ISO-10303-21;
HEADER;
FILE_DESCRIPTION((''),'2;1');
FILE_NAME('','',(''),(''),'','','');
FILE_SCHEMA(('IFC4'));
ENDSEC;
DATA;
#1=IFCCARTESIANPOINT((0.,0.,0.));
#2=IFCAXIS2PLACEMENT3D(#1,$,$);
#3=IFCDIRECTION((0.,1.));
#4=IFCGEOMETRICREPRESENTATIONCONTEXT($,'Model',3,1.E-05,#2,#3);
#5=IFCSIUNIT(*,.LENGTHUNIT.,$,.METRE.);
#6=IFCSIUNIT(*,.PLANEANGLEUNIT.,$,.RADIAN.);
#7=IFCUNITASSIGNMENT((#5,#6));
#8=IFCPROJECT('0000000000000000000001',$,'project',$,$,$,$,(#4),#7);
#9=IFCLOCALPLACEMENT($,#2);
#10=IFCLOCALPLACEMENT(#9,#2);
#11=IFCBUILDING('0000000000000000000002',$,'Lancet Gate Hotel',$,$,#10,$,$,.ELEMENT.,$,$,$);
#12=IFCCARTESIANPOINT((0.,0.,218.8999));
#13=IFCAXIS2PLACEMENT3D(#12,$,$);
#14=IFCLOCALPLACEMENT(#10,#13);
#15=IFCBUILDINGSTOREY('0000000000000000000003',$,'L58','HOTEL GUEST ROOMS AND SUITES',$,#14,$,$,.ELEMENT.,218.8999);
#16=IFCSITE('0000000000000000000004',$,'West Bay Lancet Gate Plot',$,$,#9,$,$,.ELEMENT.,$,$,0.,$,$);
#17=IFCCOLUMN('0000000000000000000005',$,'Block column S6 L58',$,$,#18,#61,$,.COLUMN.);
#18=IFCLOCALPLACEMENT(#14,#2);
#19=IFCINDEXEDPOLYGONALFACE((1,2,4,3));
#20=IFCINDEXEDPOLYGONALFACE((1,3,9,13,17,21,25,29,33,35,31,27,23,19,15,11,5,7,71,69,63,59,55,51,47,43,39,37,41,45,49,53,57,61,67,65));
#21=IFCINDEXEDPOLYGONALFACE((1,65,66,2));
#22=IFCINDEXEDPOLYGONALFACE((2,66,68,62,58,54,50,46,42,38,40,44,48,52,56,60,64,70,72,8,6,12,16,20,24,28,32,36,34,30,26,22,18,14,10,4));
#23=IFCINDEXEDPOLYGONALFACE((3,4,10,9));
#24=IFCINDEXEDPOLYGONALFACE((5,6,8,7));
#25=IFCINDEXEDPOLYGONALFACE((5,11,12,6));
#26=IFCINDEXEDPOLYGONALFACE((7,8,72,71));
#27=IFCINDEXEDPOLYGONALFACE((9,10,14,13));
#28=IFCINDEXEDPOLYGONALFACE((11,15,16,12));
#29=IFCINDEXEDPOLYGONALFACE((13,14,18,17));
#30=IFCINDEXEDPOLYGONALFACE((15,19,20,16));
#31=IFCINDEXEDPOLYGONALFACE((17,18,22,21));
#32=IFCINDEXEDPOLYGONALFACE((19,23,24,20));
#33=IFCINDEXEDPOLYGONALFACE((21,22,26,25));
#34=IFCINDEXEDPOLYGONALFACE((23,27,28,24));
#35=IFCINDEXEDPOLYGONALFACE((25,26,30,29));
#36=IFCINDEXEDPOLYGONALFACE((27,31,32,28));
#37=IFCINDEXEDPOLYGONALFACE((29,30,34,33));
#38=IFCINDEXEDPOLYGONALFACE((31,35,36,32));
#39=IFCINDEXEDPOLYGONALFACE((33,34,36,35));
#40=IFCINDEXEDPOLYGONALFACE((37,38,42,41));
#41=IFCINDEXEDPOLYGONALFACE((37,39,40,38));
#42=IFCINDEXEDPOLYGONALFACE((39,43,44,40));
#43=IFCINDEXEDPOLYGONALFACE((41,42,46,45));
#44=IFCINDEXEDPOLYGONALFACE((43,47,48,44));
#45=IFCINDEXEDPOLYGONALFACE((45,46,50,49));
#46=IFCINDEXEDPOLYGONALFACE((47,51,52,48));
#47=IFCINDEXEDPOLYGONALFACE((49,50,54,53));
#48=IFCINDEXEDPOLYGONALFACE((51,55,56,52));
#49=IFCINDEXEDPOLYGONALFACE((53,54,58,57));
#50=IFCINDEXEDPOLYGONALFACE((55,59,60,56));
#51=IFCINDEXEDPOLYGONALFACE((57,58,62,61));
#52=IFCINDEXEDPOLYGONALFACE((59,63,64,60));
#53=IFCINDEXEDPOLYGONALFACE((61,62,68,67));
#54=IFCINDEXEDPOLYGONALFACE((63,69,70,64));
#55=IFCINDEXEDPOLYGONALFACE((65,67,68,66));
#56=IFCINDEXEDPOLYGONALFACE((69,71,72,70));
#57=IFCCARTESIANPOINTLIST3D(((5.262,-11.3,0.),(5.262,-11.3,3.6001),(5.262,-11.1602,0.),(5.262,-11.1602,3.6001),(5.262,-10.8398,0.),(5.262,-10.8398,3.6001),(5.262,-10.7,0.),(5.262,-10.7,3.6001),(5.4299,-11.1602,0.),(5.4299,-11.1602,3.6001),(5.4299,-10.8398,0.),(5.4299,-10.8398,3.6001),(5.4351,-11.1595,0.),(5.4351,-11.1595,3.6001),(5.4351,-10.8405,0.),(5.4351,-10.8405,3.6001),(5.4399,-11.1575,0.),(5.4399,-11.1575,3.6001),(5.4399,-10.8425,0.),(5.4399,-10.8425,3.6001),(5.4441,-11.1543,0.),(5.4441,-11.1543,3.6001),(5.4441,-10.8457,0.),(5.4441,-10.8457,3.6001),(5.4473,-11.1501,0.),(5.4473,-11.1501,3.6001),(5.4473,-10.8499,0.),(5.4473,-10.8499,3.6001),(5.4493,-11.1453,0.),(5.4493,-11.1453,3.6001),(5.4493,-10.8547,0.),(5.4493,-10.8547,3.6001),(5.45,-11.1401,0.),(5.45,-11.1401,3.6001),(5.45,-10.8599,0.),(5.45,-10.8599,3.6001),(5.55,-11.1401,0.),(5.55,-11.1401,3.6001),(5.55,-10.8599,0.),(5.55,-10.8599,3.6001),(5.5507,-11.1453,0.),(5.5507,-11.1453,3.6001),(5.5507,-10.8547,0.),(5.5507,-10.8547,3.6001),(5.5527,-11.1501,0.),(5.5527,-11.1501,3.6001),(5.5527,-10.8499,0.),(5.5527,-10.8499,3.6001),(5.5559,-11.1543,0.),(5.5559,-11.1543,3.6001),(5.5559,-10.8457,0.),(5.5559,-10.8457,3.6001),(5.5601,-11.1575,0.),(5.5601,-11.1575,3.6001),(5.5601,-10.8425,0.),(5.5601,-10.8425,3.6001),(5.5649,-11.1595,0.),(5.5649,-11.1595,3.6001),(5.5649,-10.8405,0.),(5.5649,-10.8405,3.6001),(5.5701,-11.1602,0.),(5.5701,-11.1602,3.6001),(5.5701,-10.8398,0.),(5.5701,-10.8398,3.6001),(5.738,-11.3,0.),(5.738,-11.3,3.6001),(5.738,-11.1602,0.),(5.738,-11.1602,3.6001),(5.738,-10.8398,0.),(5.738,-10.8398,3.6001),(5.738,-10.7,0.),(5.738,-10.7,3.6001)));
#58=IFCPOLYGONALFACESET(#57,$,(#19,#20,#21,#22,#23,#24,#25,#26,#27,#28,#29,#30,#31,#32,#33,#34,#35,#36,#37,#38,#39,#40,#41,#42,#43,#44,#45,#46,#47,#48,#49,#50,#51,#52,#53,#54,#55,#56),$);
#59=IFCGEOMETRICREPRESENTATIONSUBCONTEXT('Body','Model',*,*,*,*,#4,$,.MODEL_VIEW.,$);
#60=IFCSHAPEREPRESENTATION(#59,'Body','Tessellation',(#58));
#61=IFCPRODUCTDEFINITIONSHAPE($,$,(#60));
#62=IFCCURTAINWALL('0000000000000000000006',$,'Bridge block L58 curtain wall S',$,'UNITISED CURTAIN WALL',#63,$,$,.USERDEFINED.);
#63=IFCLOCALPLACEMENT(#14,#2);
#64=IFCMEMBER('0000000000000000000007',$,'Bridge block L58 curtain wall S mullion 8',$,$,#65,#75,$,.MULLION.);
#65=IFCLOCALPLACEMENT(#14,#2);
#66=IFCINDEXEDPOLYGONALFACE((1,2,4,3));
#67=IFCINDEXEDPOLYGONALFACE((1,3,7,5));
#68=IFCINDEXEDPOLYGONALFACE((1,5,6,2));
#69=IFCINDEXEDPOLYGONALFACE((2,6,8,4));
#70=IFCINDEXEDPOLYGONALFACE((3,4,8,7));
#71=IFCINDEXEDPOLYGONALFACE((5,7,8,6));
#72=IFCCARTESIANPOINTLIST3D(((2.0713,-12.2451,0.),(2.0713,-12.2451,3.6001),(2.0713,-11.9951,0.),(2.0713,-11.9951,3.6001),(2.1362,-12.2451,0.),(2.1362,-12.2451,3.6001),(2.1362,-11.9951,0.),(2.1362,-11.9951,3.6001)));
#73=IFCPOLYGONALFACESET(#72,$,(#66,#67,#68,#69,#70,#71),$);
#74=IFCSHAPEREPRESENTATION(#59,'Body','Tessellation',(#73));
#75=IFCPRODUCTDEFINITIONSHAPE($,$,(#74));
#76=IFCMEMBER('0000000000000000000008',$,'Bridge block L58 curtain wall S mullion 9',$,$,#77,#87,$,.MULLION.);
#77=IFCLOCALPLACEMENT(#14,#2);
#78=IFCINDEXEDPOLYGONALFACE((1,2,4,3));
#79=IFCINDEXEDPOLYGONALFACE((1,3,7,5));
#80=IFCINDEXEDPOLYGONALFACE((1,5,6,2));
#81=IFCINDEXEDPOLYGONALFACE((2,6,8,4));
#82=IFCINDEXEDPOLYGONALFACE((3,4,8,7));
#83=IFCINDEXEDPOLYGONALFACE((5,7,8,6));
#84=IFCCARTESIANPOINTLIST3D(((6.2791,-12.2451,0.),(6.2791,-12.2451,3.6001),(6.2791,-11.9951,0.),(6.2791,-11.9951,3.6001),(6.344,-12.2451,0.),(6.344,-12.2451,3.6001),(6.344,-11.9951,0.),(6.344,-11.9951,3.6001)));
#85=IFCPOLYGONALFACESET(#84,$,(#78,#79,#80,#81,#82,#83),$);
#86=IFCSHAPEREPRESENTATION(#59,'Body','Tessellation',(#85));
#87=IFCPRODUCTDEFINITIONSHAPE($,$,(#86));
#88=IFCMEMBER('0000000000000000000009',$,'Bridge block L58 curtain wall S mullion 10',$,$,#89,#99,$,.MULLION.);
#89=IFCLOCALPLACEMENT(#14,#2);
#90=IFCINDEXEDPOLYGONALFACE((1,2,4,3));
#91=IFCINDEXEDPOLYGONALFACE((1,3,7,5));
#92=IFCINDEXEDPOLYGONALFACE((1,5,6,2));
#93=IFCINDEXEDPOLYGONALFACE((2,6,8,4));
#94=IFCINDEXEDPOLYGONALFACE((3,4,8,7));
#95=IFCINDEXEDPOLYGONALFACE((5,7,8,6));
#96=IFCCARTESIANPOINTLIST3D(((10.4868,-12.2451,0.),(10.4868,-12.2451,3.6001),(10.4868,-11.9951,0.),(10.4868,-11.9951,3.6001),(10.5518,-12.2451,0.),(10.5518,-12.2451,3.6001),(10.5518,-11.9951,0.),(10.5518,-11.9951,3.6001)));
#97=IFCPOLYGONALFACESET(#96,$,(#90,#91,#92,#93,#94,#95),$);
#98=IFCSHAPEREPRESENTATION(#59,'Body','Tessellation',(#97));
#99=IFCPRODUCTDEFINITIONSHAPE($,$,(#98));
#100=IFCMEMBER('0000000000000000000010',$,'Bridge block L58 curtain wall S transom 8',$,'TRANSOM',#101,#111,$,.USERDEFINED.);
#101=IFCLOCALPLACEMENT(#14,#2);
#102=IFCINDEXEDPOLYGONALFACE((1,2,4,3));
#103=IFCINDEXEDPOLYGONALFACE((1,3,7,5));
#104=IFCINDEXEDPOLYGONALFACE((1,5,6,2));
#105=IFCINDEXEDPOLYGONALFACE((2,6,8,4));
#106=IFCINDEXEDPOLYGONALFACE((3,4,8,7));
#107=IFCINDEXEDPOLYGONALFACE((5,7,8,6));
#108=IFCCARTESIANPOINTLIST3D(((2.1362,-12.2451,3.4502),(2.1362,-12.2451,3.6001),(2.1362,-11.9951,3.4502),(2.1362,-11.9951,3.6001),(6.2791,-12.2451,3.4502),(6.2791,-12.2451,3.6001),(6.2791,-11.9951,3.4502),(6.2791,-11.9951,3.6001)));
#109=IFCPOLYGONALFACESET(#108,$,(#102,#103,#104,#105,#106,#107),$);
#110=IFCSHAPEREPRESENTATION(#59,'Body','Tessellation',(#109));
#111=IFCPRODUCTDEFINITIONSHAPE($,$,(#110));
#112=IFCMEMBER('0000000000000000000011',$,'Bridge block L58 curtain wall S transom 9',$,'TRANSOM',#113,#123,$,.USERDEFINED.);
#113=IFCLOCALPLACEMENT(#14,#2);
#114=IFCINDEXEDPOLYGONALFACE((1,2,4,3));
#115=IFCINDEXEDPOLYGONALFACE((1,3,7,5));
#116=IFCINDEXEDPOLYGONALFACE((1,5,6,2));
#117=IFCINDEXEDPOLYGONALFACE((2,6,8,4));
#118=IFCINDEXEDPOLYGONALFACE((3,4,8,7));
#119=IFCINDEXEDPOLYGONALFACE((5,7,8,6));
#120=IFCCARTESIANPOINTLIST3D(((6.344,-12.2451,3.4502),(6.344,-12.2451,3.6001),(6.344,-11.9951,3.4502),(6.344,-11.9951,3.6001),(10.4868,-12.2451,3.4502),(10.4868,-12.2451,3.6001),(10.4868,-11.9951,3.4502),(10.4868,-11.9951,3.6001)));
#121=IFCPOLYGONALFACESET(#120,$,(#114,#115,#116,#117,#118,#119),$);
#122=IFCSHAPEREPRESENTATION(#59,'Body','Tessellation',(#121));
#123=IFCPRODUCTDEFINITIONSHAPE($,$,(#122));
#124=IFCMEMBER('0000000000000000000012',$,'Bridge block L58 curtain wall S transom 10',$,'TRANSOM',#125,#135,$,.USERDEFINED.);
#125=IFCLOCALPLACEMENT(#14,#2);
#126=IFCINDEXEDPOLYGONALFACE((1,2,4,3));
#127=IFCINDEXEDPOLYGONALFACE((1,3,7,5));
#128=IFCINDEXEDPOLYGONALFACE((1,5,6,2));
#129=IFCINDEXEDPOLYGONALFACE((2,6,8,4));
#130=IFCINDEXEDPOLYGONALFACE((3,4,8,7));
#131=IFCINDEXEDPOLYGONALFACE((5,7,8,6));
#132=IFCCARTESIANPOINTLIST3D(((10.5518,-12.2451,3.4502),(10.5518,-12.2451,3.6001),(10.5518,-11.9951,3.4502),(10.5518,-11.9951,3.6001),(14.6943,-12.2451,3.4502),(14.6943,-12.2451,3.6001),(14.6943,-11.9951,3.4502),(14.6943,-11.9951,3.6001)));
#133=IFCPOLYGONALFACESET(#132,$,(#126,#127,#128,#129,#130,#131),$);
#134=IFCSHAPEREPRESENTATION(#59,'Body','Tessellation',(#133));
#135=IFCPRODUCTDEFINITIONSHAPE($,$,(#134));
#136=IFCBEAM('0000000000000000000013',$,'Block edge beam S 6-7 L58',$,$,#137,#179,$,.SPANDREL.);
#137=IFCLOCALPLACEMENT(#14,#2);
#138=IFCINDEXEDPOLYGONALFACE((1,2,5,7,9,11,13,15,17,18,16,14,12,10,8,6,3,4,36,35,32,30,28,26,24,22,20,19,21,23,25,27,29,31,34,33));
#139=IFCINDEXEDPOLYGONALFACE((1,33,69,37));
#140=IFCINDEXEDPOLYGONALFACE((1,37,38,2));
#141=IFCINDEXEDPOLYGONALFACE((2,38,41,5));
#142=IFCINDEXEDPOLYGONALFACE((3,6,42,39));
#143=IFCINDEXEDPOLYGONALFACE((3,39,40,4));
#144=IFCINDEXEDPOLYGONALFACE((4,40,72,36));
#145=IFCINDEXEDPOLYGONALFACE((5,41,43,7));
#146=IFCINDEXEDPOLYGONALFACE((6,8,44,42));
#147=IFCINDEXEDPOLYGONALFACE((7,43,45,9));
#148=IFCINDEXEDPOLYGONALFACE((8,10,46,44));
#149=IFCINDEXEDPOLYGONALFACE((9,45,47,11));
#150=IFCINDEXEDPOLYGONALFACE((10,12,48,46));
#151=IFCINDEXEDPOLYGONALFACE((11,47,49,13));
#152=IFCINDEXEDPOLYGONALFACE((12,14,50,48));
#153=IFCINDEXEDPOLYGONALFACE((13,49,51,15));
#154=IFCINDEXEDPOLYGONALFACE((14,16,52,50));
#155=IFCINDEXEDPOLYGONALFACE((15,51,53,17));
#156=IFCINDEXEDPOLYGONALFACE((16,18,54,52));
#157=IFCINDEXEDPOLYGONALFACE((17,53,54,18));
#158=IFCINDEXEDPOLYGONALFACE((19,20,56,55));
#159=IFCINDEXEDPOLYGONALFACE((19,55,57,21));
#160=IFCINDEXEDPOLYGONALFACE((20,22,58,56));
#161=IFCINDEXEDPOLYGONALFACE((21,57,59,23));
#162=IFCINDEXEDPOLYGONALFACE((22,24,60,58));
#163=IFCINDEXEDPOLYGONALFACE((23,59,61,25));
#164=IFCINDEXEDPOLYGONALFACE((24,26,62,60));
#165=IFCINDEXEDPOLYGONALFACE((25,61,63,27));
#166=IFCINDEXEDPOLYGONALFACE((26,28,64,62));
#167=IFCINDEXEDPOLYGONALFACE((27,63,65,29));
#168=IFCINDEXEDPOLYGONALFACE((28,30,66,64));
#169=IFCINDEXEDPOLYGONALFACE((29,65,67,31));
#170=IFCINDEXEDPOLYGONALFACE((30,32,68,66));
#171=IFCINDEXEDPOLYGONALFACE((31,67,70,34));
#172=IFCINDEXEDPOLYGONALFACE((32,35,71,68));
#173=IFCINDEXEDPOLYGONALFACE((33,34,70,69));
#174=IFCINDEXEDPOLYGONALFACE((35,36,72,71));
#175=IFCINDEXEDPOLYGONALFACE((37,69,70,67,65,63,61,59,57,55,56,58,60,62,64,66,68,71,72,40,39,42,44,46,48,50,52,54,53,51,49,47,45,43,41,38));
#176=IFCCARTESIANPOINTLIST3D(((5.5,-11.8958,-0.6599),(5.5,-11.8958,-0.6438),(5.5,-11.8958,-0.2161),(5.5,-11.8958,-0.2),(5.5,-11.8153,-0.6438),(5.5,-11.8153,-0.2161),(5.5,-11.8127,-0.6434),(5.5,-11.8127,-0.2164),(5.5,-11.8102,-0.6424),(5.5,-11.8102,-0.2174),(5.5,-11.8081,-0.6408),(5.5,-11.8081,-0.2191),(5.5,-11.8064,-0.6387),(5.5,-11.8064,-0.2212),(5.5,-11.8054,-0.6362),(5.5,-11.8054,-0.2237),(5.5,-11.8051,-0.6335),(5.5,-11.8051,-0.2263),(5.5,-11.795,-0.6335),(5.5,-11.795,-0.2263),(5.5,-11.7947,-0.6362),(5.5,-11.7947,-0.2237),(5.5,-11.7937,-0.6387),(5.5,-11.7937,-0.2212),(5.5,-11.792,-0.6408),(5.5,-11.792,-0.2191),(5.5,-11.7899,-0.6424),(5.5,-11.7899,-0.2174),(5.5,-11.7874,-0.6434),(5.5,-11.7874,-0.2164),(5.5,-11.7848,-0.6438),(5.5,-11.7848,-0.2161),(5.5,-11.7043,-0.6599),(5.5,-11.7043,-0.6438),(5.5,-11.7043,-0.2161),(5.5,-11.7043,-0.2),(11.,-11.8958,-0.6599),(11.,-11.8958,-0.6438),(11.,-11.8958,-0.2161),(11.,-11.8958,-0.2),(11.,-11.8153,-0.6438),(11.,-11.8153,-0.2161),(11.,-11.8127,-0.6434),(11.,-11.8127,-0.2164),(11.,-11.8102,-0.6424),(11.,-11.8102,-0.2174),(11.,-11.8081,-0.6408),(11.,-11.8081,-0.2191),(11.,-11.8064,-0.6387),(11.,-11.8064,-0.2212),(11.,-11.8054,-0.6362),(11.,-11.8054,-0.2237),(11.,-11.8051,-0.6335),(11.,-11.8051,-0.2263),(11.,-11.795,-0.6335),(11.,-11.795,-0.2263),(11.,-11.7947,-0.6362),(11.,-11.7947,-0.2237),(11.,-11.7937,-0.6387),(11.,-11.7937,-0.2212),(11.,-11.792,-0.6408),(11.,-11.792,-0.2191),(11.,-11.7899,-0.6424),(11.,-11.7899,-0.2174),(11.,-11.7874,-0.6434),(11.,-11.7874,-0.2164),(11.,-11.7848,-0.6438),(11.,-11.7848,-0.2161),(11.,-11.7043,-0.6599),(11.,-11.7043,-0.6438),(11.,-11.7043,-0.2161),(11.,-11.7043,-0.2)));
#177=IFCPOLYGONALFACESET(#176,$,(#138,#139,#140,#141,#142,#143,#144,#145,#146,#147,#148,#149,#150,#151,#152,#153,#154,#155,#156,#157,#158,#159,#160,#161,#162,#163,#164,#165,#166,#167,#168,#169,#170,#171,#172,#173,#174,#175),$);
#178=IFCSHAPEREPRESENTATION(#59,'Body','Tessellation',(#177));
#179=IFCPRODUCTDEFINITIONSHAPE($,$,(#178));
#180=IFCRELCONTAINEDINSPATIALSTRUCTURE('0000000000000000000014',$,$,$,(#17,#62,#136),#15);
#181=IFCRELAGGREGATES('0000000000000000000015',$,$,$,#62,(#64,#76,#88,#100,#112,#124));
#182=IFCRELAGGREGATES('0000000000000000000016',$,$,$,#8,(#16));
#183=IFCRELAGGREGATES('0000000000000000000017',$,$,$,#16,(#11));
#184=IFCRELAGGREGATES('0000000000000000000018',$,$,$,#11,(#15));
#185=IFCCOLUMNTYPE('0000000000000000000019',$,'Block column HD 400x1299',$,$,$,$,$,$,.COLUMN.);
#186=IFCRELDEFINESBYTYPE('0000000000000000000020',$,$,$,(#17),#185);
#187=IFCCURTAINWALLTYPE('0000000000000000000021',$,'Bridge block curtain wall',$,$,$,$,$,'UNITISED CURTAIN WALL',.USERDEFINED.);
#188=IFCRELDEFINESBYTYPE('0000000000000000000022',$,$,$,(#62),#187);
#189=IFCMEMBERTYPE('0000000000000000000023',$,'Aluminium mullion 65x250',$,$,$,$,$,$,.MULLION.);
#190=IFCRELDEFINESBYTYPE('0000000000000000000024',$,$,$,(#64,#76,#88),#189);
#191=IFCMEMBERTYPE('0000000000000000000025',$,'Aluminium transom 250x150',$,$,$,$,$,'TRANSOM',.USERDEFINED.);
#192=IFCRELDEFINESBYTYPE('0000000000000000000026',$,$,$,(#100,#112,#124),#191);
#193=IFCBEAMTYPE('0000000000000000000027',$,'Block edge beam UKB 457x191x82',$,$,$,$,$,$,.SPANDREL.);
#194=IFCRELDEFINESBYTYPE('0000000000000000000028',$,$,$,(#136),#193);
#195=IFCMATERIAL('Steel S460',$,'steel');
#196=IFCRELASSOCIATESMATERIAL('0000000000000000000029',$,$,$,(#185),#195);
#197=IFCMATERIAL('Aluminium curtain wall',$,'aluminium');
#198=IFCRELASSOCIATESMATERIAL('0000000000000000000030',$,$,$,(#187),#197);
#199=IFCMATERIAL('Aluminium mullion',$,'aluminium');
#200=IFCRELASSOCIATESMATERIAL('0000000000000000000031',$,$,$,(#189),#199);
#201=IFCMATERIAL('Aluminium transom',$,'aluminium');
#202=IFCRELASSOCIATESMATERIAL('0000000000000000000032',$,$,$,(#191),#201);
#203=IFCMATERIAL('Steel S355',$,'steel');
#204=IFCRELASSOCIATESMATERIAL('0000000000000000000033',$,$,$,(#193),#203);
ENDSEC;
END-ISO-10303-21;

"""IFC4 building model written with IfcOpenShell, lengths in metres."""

from ifc_helpers import new_model, si_unit, direction, frame, origin, origin_2d, place, context, subcontext, project, spatial, rectangle, i_section, extrude, material, material_profile, profile_set, type_object, element, aggregate, save


model = new_model("IFC4")

# Units and contexts
model_context = context("Model", 3, precision=1e-05, world=origin(), true_north=direction((0.0, 1.0)))
body_context = subcontext(model_context, "Body", "Model", "MODEL_VIEW")
ifc_project = project(units=[si_unit("LENGTHUNIT", "METRE"), si_unit("PLANEANGLEUNIT", "RADIAN")], contexts=[model_context])

# Site, building, storey
site_placement = place(None, origin())
site = spatial("IfcSite", under=ifc_project, at=site_placement, Name="West Bay Lancet Gate Plot", CompositionType="ELEMENT", RefElevation=0.0)
building_placement = place(site_placement, origin())
building = spatial("IfcBuilding", under=site, at=building_placement, Name="Lancet Gate Hotel", CompositionType="ELEMENT")
storey_placement = place(building_placement, frame((0.0, 0.0, 218.8999)))
storey = spatial("IfcBuildingStorey", under=building, at=storey_placement, Name="L58", Description="HOTEL GUEST ROOMS AND SUITES", CompositionType="ELEMENT", Elevation=218.8999)

# Column
ifc_material_1 = material(Name="Steel S460", Category="steel")
ifc_material_profile_1 = material_profile(ifc_material_1, i_section(OverallWidth=0.4761, OverallDepth=0.6001, WebThickness=0.1001, FlangeThickness=0.1399, FilletRadius=0.02, at=origin_2d()), Name="HD 400x1299")
ifc_profile_set_1 = profile_set([ifc_material_profile_1], Name="Steel S460")
column_type = type_object("IfcColumnType", Name="Block column HD 400x1299", PredefinedType="COLUMN", material=ifc_profile_set_1)
column_placement = place(storey_placement, frame((5.5, -11.0, 0.0), z_axis=(0.0, 0.0, 1.0), x_axis=(1.0, 0.0, 0.0)))
element("IfcColumn", 1, at=column_placement, inside=storey, type_object=column_type, Name="Block column S6 L58", PredefinedType="COLUMN", context=body_context, shape_type="SweptSolid", body=[
    extrude(i_section(OverallWidth=0.4761, OverallDepth=0.6001, WebThickness=0.1001, FlangeThickness=0.1399, FilletRadius=0.02, at=origin_2d()), origin(), (0.0, 0.0, 1.0), 3.6001),
])

# Curtain wall, members
ifc_material_2 = material(Name="Aluminium curtain wall", Category="aluminium")
curtain_wall_type = type_object("IfcCurtainWallType", Name="Bridge block curtain wall", ElementType="UNITISED CURTAIN WALL", PredefinedType="USERDEFINED", material=ifc_material_2)
curtain_wall_placement = place(storey_placement, origin())
curtain_wall = element("IfcCurtainWall", 2, at=curtain_wall_placement, inside=storey, type_object=curtain_wall_type, Name="Bridge block L58 curtain wall S", ObjectType="UNITISED CURTAIN WALL", PredefinedType="USERDEFINED")
ifc_material_3 = material(Name="Aluminium mullion", Category="aluminium")
ifc_material_profile_2 = material_profile(ifc_material_3, rectangle(XDim=0.0649, YDim=0.25, at=origin_2d()), Name="MULLION 65x250")
ifc_profile_set_2 = profile_set([ifc_material_profile_2], Name="Aluminium mullion")
member_type_1 = type_object("IfcMemberType", Name="Aluminium mullion 65x250", PredefinedType="MULLION", material=ifc_profile_set_2)
member_1_placement = place(storey_placement, frame((2.1038, -12.1201, 0.0), z_axis=(0.0, 0.0, 1.0), x_axis=(1.0, 0.0, 0.0)))
member_1 = element("IfcMember", 3, at=member_1_placement, type_object=member_type_1, Name="Bridge block L58 curtain wall S mullion 8", PredefinedType="MULLION", context=body_context, shape_type="SweptSolid", body=[
    extrude(rectangle(XDim=0.0649, YDim=0.25, at=origin_2d()), origin(), (0.0, 0.0, 1.0), 3.6001),
])
member_2_placement = place(storey_placement, frame((6.3115, -12.1201, 0.0), z_axis=(0.0, 0.0, 1.0), x_axis=(1.0, 0.0, 0.0)))
member_2 = element("IfcMember", 4, at=member_2_placement, type_object=member_type_1, Name="Bridge block L58 curtain wall S mullion 9", PredefinedType="MULLION", context=body_context, shape_type="SweptSolid", body=[
    extrude(rectangle(XDim=0.0649, YDim=0.25, at=origin_2d()), origin(), (0.0, 0.0, 1.0), 3.6001),
])
member_3_placement = place(storey_placement, frame((10.5193, -12.1201, 0.0), z_axis=(0.0, 0.0, 1.0), x_axis=(1.0, 0.0, 0.0)))
member_3 = element("IfcMember", 5, at=member_3_placement, type_object=member_type_1, Name="Bridge block L58 curtain wall S mullion 10", PredefinedType="MULLION", context=body_context, shape_type="SweptSolid", body=[
    extrude(rectangle(XDim=0.0649, YDim=0.25, at=origin_2d()), origin(), (0.0, 0.0, 1.0), 3.6001),
])
ifc_material_4 = material(Name="Aluminium transom", Category="aluminium")
ifc_material_profile_3 = material_profile(ifc_material_4, rectangle(XDim=0.25, YDim=0.1499, at=origin_2d()), Name="TRANSOM 250x150")
ifc_profile_set_3 = profile_set([ifc_material_profile_3], Name="Aluminium transom")
member_type_2 = type_object("IfcMemberType", Name="Aluminium transom 250x150", ElementType="TRANSOM", PredefinedType="USERDEFINED", material=ifc_profile_set_3)
member_4_placement = place(storey_placement, frame((2.1362, -12.1201, 3.5251), z_axis=(1.0, 0.0, 0.0), x_axis=(0.0, 1.0, 0.0)))
member_4 = element("IfcMember", 6, at=member_4_placement, type_object=member_type_2, Name="Bridge block L58 curtain wall S transom 8", ObjectType="TRANSOM", PredefinedType="USERDEFINED", context=body_context, shape_type="SweptSolid", body=[
    extrude(rectangle(XDim=0.25, YDim=0.1499, at=origin_2d()), origin(), (0.0, 0.0, 1.0), 4.1428),
])
member_5_placement = place(storey_placement, frame((6.344, -12.1201, 3.5251), z_axis=(1.0, 0.0, 0.0), x_axis=(0.0, 1.0, 0.0)))
member_5 = element("IfcMember", 7, at=member_5_placement, type_object=member_type_2, Name="Bridge block L58 curtain wall S transom 9", ObjectType="TRANSOM", PredefinedType="USERDEFINED", context=body_context, shape_type="SweptSolid", body=[
    extrude(rectangle(XDim=0.25, YDim=0.1499, at=origin_2d()), origin(), (0.0, 0.0, 1.0), 4.1428),
])
member_6_placement = place(storey_placement, frame((10.5518, -12.1201, 3.5251), z_axis=(1.0, 0.0, 0.0), x_axis=(0.0, 1.0, 0.0)))
member_6 = element("IfcMember", 8, at=member_6_placement, type_object=member_type_2, Name="Bridge block L58 curtain wall S transom 10", ObjectType="TRANSOM", PredefinedType="USERDEFINED", context=body_context, shape_type="SweptSolid", body=[
    extrude(rectangle(XDim=0.25, YDim=0.1499, at=origin_2d()), origin(), (0.0, 0.0, 1.0), 4.1426),
])

# Beam
ifc_material_5 = material(Name="Steel S355", Category="steel")
ifc_material_profile_4 = material_profile(ifc_material_5, i_section(OverallWidth=0.1914, OverallDepth=0.46, WebThickness=0.01, FlangeThickness=0.0161, FilletRadius=0.0103, at=origin_2d()), Name="UKB 457x191x82")
ifc_profile_set_4 = profile_set([ifc_material_profile_4], Name="Steel S355")
beam_type_1 = type_object("IfcBeamType", Name="Block edge beam UKB 457x191x82", PredefinedType="SPANDREL", material=ifc_profile_set_4)
for number, where, z_axis, x_axis, name in (
    (9, (5.5, -11.8, -0.4299), (1.0, 0.0, 0.0), (0.0, 1.0, 0.0), "Block edge beam S 6-7 L58"),
):
    element("IfcBeam", number, at=place(storey_placement, frame(where, z_axis=z_axis, x_axis=x_axis)), inside=storey, type_object=beam_type_1, Name=name, PredefinedType="SPANDREL", context=body_context, shape_type="SweptSolid", body=[
        extrude(i_section(OverallWidth=0.1914, OverallDepth=0.46, WebThickness=0.01, FlangeThickness=0.0161, FilletRadius=0.0103, at=origin_2d()), origin(), (0.0, 0.0, 1.0), 5.5),
    ])

aggregate(curtain_wall, [member_1, member_2, member_3, member_4, member_5, member_6])

save(model, "model.ifc")
